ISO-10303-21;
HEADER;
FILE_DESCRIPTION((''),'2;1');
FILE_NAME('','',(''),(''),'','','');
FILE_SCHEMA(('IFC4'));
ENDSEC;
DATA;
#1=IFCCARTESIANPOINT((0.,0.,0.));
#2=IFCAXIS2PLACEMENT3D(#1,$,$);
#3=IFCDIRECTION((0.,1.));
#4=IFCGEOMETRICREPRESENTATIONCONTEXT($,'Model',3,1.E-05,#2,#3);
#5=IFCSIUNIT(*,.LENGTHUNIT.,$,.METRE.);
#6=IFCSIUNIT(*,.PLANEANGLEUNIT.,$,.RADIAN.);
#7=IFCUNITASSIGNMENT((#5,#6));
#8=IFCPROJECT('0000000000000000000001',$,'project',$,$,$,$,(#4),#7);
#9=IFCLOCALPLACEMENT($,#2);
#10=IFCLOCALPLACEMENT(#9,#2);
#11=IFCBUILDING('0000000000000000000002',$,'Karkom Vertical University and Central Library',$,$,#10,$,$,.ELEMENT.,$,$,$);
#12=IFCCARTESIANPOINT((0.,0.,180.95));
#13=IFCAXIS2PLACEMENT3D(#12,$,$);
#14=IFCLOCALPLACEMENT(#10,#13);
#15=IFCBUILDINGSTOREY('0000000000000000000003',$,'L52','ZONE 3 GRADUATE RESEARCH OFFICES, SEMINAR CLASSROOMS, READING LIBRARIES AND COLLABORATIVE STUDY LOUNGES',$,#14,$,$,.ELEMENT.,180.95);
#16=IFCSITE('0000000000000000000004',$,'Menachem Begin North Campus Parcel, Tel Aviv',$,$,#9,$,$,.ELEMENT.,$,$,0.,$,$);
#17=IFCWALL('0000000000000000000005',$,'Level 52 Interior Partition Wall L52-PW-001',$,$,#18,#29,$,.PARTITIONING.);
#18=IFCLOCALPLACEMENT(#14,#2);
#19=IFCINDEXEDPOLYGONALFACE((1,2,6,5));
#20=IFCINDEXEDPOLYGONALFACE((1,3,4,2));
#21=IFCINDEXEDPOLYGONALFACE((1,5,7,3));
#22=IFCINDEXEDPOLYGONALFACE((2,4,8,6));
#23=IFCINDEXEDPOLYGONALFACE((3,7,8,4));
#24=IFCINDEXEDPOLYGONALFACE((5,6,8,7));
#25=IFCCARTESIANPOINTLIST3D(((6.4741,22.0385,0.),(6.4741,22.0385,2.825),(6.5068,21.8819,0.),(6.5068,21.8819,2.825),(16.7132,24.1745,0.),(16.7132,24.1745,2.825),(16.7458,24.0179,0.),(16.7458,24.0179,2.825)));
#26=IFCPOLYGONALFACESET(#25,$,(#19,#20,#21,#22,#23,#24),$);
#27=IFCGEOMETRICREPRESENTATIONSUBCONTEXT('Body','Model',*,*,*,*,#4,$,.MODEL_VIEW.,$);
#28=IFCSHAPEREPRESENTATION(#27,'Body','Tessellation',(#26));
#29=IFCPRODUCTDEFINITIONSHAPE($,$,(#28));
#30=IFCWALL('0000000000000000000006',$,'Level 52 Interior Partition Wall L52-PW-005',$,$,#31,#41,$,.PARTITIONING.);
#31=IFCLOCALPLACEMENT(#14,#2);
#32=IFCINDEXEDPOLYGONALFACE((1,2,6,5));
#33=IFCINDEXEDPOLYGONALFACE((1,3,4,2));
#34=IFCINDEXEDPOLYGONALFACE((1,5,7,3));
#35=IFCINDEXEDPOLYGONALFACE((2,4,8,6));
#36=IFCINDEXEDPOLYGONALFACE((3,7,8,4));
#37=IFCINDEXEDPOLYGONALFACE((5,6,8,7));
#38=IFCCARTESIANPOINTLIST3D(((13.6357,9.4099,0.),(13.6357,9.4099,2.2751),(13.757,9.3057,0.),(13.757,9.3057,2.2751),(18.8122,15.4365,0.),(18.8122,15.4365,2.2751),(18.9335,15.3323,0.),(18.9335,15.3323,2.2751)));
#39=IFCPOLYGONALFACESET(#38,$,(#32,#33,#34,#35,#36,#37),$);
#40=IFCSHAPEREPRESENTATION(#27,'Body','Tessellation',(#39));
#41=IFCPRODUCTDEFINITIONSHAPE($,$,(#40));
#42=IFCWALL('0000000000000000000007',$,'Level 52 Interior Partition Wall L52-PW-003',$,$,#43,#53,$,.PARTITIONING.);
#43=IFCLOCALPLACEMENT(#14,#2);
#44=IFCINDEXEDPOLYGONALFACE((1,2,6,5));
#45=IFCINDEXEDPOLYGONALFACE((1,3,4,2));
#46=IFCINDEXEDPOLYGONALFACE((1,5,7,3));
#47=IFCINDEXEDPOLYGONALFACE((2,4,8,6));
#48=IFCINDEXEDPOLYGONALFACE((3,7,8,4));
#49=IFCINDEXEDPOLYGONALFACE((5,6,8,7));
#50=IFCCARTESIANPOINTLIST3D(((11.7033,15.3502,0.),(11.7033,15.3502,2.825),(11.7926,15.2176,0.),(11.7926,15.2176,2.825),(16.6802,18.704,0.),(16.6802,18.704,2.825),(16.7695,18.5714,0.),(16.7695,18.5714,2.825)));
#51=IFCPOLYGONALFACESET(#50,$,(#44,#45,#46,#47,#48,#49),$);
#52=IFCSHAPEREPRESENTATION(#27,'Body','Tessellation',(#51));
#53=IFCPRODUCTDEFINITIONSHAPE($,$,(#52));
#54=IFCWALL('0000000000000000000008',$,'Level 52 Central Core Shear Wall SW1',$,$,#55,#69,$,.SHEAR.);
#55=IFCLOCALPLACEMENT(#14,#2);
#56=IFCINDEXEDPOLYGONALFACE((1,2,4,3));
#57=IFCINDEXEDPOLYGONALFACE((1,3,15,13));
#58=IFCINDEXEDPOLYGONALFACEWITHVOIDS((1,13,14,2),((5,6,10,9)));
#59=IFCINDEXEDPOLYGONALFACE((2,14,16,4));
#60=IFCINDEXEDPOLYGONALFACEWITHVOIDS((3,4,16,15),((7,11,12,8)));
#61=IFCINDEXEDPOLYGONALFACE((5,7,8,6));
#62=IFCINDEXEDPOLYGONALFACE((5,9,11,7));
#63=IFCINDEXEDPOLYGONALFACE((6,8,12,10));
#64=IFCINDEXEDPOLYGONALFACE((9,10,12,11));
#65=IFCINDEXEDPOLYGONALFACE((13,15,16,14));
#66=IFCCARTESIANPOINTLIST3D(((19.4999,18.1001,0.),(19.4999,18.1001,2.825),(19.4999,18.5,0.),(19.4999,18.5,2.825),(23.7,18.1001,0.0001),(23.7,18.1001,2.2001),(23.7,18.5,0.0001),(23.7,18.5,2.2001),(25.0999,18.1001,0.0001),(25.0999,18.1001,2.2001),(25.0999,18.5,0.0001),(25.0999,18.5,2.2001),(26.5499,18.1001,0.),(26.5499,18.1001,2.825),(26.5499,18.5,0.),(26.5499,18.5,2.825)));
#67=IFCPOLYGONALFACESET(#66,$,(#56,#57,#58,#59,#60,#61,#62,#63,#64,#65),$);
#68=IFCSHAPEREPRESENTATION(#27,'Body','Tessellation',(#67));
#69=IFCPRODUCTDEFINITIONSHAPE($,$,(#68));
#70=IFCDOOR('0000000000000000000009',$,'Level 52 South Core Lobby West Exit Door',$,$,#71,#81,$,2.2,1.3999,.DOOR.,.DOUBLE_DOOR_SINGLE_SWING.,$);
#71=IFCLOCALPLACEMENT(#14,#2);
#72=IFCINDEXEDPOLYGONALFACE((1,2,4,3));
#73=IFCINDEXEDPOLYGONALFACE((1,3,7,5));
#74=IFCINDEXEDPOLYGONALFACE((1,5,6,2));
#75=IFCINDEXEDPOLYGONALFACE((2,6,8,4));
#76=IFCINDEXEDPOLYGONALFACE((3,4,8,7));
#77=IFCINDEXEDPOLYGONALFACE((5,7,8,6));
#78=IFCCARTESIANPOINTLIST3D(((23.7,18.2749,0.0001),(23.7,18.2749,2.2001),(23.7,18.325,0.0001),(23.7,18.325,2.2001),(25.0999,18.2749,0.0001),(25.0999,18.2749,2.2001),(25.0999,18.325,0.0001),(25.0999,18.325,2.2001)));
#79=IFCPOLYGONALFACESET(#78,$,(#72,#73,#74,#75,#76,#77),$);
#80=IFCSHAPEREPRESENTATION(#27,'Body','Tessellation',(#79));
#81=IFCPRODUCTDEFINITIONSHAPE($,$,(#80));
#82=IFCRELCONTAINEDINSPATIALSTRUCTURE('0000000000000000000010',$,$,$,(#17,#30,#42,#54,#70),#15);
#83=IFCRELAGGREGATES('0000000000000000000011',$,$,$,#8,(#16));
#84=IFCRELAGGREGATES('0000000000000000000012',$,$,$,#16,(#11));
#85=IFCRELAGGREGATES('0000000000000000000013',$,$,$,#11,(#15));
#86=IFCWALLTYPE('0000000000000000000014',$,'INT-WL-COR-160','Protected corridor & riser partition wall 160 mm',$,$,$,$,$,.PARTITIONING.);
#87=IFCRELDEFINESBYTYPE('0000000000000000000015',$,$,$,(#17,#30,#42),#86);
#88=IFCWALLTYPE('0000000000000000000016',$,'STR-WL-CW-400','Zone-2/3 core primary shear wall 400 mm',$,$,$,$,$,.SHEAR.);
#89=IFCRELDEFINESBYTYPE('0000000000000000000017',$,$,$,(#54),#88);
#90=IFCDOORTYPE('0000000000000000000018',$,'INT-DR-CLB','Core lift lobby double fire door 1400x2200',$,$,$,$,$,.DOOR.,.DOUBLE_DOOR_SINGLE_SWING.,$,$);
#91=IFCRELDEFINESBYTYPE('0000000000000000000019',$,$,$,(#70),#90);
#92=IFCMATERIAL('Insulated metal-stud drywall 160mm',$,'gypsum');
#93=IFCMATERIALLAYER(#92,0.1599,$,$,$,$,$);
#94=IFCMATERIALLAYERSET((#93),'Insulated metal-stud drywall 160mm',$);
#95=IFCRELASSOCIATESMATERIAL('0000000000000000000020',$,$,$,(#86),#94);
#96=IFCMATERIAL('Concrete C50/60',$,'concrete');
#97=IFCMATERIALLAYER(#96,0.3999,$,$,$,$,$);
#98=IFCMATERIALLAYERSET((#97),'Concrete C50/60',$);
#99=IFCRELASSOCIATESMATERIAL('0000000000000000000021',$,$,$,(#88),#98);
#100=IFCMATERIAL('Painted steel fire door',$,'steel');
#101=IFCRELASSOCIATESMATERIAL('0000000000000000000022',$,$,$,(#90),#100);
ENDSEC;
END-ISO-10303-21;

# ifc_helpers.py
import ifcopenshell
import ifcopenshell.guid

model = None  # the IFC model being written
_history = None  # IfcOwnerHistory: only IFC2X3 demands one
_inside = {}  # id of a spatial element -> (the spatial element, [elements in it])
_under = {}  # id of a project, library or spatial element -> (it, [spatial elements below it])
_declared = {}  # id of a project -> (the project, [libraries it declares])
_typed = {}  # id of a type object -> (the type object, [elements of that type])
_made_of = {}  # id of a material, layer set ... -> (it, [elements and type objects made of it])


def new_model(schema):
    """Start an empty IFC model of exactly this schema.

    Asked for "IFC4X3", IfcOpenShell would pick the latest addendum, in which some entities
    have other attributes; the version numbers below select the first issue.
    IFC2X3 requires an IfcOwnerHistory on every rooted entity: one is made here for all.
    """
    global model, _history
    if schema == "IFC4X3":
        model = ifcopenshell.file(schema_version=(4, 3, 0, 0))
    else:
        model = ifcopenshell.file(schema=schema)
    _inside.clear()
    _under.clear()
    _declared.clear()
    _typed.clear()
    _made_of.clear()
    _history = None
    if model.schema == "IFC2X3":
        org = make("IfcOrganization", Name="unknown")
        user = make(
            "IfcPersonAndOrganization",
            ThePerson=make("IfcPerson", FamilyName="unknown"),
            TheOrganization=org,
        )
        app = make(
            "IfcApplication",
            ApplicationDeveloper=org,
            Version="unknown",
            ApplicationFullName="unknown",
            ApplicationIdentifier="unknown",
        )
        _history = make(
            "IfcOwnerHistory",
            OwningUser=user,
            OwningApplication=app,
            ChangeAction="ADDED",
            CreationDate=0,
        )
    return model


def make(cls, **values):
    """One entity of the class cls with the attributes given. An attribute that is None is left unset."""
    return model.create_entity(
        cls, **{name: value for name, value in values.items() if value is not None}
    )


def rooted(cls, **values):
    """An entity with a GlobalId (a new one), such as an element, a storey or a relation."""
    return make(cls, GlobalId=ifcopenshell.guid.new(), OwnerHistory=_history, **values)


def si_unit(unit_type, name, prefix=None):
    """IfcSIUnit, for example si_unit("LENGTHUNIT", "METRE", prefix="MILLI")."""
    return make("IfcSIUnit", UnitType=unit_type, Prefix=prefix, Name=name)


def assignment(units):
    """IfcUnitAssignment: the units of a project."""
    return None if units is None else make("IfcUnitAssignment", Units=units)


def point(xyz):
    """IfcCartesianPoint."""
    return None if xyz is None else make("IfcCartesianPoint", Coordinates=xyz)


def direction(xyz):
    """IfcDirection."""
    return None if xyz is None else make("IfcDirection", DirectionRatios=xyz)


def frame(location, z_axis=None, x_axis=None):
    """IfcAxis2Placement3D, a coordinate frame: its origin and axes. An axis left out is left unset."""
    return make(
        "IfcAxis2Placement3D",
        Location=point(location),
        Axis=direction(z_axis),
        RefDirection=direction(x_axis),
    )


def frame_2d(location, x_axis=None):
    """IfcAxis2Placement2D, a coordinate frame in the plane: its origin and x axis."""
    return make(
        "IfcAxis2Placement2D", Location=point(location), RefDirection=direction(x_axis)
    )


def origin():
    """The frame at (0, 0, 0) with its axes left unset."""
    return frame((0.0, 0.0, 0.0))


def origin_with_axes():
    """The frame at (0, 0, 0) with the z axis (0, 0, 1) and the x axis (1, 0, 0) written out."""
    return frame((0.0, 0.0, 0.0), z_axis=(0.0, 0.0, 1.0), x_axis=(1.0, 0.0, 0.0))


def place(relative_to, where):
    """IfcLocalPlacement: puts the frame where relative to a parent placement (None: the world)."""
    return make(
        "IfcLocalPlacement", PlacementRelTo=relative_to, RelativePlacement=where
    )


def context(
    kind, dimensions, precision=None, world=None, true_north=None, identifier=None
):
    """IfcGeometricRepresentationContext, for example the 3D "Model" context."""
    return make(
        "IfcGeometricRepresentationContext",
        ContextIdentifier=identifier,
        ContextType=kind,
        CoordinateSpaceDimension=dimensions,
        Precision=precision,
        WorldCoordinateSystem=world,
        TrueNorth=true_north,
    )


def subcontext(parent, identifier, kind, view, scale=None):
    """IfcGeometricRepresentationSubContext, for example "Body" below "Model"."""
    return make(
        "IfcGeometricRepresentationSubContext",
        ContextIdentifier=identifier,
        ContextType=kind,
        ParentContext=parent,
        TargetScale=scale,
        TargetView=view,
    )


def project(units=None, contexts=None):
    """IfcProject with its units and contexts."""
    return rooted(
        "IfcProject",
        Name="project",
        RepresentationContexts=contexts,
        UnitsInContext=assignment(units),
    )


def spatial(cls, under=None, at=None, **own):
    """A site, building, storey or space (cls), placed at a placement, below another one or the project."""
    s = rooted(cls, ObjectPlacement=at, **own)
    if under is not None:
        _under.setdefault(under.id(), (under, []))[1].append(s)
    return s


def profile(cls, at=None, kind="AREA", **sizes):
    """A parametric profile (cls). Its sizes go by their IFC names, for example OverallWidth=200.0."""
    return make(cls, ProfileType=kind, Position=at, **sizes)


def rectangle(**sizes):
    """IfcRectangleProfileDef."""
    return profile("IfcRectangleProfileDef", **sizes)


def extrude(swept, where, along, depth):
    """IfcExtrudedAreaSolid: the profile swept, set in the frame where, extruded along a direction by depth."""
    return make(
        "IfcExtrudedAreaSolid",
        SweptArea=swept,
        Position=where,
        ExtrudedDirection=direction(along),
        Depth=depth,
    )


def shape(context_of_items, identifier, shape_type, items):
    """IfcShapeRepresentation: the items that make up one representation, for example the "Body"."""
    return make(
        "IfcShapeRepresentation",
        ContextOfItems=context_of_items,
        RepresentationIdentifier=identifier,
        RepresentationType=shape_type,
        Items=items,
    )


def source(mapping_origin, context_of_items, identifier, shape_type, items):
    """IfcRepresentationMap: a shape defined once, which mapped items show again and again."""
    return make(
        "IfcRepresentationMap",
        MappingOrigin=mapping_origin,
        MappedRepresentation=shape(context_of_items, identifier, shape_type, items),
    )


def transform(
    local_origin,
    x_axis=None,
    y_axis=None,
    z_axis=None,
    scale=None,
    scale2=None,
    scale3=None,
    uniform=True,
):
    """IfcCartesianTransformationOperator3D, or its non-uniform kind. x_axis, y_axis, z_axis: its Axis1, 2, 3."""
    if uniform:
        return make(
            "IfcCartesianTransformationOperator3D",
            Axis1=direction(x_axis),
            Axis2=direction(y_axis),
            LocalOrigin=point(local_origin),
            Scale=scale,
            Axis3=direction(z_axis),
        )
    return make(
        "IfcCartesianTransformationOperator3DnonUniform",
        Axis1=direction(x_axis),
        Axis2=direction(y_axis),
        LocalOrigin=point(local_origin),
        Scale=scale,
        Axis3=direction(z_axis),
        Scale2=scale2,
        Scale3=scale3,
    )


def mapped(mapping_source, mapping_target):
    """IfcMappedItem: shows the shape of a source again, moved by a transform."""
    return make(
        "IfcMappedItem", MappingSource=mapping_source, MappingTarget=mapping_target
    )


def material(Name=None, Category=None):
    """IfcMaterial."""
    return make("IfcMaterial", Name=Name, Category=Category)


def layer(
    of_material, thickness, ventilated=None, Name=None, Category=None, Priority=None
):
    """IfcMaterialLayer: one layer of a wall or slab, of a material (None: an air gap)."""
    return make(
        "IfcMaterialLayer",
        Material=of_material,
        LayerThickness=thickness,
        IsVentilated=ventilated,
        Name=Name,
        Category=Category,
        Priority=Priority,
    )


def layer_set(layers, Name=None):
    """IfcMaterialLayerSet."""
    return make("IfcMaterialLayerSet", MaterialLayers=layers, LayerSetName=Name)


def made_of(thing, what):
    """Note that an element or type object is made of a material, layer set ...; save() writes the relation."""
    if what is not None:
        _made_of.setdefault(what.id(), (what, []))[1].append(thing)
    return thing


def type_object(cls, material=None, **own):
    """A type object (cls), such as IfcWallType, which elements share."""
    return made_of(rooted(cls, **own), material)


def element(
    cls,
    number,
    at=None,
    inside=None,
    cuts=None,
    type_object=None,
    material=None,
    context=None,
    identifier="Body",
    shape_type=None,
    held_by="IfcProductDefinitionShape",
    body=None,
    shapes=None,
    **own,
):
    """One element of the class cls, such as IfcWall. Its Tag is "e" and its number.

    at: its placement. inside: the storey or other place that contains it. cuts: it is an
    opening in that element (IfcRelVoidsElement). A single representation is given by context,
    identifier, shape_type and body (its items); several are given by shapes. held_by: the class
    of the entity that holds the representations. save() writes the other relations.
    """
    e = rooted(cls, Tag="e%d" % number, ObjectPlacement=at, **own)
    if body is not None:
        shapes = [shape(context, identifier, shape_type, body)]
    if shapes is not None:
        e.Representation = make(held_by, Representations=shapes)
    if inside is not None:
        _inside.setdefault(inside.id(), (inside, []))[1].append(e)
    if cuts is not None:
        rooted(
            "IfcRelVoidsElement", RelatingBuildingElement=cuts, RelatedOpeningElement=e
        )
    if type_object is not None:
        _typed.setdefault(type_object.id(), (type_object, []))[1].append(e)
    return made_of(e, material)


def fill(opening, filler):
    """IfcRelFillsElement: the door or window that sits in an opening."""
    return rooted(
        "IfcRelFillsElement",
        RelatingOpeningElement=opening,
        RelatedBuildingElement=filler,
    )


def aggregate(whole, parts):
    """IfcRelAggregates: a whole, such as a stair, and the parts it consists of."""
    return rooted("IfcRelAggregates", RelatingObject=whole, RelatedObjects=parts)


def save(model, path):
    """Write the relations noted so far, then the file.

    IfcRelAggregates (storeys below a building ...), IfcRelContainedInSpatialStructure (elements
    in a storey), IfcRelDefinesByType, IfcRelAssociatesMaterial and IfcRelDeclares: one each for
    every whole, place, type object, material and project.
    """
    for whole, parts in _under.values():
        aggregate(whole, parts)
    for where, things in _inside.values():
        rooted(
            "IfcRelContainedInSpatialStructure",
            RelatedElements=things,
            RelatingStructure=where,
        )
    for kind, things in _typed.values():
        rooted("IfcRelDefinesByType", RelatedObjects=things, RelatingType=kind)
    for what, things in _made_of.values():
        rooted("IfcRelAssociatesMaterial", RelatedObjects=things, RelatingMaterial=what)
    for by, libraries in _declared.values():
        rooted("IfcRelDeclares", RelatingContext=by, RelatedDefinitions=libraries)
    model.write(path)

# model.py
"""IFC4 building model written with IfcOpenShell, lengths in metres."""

from ifc_helpers import new_model, si_unit, direction, frame, frame_2d, origin, origin_with_axes, place, context, subcontext, project, spatial, rectangle, extrude, source, transform, mapped, material, layer, layer_set, type_object, element, fill, save


model = new_model("IFC4")

# Units and contexts
model_context = context("Model", 3, precision=1e-05, world=origin(), true_north=direction((0.0, 1.0)))
body_context = subcontext(model_context, "Body", "Model", "MODEL_VIEW")
ifc_project = project(units=[si_unit("LENGTHUNIT", "METRE"), si_unit("PLANEANGLEUNIT", "RADIAN")], contexts=[model_context])

# Site, building, storey
site_placement = place(None, origin())
site = spatial("IfcSite", under=ifc_project, at=site_placement, Name="Menachem Begin North Campus Parcel, Tel Aviv", CompositionType="ELEMENT", RefElevation=0.0)
building_placement = place(site_placement, origin())
building = spatial("IfcBuilding", under=site, at=building_placement, Name="Karkom Vertical University and Central Library", CompositionType="ELEMENT")
storey_placement = place(building_placement, frame((0.0, 0.0, 180.95)))
storey = spatial("IfcBuildingStorey", under=building, at=storey_placement, Name="L52", Description="ZONE 3 GRADUATE RESEARCH OFFICES, SEMINAR CLASSROOMS, READING LIBRARIES AND COLLABORATIVE STUDY LOUNGES", CompositionType="ELEMENT", Elevation=180.95)

# Shared definitions
ifc_material_1 = material(Name="Concrete C50/60", Category="concrete")

# Shared definitions
ifc_material_2 = material(Name="Insulated metal-stud drywall 160mm", Category="gypsum")
ifc_layer_1 = layer(ifc_material_2, 0.1599)
ifc_layer_set_1 = layer_set([ifc_layer_1], Name="Insulated metal-stud drywall 160mm")
wall_type_1 = type_object("IfcWallType", Name="INT-WL-COR-160", Description="Protected corridor & riser partition wall 160 mm", PredefinedType="PARTITIONING", material=ifc_layer_set_1)

# Walls
wall_1_placement = place(storey_placement, frame((16.7295, 24.0962, 0.0), z_axis=(0.0, 0.0, 1.0), x_axis=(-0.978926, -0.204216, 0.0)))
element("IfcWall", 1, at=wall_1_placement, inside=storey, type_object=wall_type_1, Name="Level 52 Interior Partition Wall L52-PW-001", PredefinedType="PARTITIONING", context=body_context, shape_type="SweptSolid", body=[
    extrude(rectangle(XDim=10.4595, YDim=0.1599, at=frame_2d((5.2297, 0.0))), origin(), (0.0, 0.0, 1.0), 2.825),
])
wall_2_placement = place(storey_placement, frame((18.8728, 15.3843, 0.0), z_axis=(0.0, 0.0, 1.0), x_axis=(-0.651578, -0.758582, 0.0)))
element("IfcWall", 2, at=wall_2_placement, inside=storey, type_object=wall_type_1, Name="Level 52 Interior Partition Wall L52-PW-005", PredefinedType="PARTITIONING", context=body_context, shape_type="SweptSolid", body=[
    extrude(rectangle(XDim=7.9446, YDim=0.1599, at=frame_2d((3.9722, 0.0))), origin(), (0.0, 0.0, 1.0), 2.2751),
])
wall_3_placement = place(storey_placement, frame((16.7249, 18.6377, 0.0), z_axis=(0.0, 0.0, 1.0), x_axis=(-0.82928, -0.558833, 0.0)))
element("IfcWall", 3, at=wall_3_placement, inside=storey, type_object=wall_type_1, Name="Level 52 Interior Partition Wall L52-PW-003", PredefinedType="PARTITIONING", context=body_context, shape_type="SweptSolid", body=[
    extrude(rectangle(XDim=6.0015, YDim=0.1599, at=frame_2d((3.0007, 0.0))), origin(), (0.0, 0.0, 1.0), 2.825),
])

# Wall, opening, door
ifc_layer_2 = layer(ifc_material_1, 0.3999)
ifc_layer_set_2 = layer_set([ifc_layer_2], Name="Concrete C50/60")
wall_type_2 = type_object("IfcWallType", Name="STR-WL-CW-400", Description="Zone-2/3 core primary shear wall 400 mm", PredefinedType="SHEAR", material=ifc_layer_set_2)
wall_4_placement = place(storey_placement, frame((19.5, 18.3, 0.0), z_axis=(0.0, 0.0, 1.0), x_axis=(1.0, 0.0, 0.0)))
wall_4 = element("IfcWall", 4, at=wall_4_placement, inside=storey, type_object=wall_type_2, Name="Level 52 Central Core Shear Wall SW1", PredefinedType="SHEAR", context=body_context, shape_type="SweptSolid", body=[
    extrude(rectangle(XDim=7.05, YDim=0.3999, at=frame_2d((3.5249, 0.0))), origin(), (0.0, 0.0, 1.0), 2.825),
])
opening_1_placement = place(wall_4_placement, frame((4.2, 0.0, 0.0)))
opening_1 = element("IfcOpeningElement", 5, at=opening_1_placement, cuts=wall_4, PredefinedType="OPENING", context=body_context, shape_type="SweptSolid", body=[
    extrude(rectangle(XDim=1.3999, YDim=2.2, at=frame_2d((0.7, 1.1001))), frame((0.0, 0.21, 0.0), z_axis=(0.0, -1.0, 0.0), x_axis=(1.0, 0.0, 0.0)), (0.0, 0.0, 1.0), 0.4199),
])
ifc_material_3 = material(Name="Painted steel fire door", Category="steel")
door_type_1 = type_object("IfcDoorType", Name="INT-DR-CLB", Description="Core lift lobby double fire door 1400x2200", OperationType="DOUBLE_DOOR_SINGLE_SWING", PredefinedType="DOOR", material=ifc_material_3)
shared_shape_1 = source(origin_with_axes(), body_context, "Body", "SweptSolid", [
    extrude(rectangle(XDim=1.3999, YDim=2.2, at=frame_2d((0.7, 1.1001))), frame((0.0, 0.0249, 0.0), z_axis=(0.0, -1.0, 0.0), x_axis=(1.0, 0.0, 0.0)), (0.0, 0.0, 1.0), 0.05),
])
door_1_placement = place(opening_1_placement, origin())
door_1 = element("IfcDoor", 6, at=door_1_placement, inside=storey, type_object=door_type_1, Name="Level 52 South Core Lobby West Exit Door", OperationType="DOUBLE_DOOR_SINGLE_SWING", OverallHeight=2.2, OverallWidth=1.3999, PredefinedType="DOOR", context=body_context, shape_type="MappedRepresentation", body=[
    mapped(shared_shape_1, transform((0.0, 0.0, 0.0), scale=1.0)),
])
fill(opening_1, door_1)

save(model, "model.ifc")
